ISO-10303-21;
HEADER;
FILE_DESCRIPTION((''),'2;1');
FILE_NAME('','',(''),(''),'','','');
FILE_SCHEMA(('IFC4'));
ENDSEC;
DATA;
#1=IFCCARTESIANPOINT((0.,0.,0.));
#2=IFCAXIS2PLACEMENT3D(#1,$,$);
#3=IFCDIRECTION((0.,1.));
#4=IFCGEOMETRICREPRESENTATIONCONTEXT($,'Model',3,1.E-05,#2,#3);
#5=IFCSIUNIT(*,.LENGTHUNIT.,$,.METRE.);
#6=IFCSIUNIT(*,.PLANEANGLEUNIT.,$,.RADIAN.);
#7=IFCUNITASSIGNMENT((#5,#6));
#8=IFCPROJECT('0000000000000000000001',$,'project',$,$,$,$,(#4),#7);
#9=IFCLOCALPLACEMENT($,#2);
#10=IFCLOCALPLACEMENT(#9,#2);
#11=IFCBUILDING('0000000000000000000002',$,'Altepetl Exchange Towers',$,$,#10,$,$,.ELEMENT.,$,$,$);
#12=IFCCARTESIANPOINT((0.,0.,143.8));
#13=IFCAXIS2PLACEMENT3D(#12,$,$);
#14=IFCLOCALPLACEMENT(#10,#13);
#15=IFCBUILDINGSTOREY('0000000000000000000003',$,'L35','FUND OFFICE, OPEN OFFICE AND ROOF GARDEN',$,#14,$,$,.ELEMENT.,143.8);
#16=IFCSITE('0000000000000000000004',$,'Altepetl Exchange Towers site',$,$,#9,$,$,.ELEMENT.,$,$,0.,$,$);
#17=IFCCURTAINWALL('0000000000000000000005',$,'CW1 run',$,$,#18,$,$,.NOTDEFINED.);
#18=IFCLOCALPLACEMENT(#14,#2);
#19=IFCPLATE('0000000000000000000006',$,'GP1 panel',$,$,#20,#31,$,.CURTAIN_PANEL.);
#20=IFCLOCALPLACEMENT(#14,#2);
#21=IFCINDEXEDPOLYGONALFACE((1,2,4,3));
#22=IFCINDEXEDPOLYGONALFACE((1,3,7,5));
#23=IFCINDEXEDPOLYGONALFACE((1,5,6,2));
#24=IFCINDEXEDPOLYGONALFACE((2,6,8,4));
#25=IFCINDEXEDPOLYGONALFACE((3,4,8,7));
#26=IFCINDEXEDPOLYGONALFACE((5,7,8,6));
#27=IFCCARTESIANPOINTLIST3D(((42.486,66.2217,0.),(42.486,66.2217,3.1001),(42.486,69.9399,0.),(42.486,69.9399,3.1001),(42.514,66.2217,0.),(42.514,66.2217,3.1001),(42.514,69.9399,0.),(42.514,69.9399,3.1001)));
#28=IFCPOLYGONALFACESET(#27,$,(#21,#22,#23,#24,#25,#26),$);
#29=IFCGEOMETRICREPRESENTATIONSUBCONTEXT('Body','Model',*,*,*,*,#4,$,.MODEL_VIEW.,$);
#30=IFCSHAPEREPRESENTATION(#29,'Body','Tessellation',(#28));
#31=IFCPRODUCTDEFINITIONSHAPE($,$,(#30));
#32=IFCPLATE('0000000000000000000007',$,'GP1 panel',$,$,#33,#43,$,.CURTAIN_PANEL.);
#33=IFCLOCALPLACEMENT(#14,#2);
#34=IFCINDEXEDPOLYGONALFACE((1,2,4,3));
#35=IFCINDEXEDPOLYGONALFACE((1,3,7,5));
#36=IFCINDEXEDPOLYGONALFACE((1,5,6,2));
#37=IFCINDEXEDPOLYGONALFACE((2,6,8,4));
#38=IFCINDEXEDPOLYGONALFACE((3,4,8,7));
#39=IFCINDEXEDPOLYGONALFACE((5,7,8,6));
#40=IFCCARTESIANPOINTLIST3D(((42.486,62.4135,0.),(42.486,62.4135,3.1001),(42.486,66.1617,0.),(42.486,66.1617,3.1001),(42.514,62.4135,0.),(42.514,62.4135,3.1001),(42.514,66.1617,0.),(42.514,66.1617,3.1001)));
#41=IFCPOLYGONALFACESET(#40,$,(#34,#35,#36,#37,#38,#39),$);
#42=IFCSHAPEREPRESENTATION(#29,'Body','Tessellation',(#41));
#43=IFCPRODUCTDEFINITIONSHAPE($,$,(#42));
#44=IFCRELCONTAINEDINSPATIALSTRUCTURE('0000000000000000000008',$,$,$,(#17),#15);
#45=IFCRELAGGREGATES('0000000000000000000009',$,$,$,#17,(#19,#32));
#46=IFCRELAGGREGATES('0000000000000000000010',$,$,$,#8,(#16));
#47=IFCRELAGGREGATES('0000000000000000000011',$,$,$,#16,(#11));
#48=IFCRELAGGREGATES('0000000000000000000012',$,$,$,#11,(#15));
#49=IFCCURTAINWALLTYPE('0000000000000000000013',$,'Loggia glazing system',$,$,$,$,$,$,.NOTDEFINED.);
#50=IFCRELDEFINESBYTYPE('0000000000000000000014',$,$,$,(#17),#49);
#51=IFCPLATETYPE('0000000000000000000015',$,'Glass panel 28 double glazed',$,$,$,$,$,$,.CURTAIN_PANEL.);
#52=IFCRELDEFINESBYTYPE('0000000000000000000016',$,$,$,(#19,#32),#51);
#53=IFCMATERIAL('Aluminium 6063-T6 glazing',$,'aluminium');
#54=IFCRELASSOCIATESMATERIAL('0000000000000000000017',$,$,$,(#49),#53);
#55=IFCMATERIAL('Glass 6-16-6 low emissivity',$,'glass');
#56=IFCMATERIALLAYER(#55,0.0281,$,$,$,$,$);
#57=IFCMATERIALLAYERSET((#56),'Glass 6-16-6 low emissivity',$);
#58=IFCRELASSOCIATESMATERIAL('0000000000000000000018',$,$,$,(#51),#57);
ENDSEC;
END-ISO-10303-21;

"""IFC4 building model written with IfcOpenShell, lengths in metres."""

from ifc_helpers import new_model, si_unit, direction, frame, origin, origin_2d, place, context, subcontext, project, spatial, rectangle, extrude, material, layer, layer_set, type_object, element, aggregate, save


model = new_model("IFC4")

# Units and contexts
model_context = context("Model", 3, precision=1e-05, world=origin(), true_north=direction((0.0, 1.0)))
body_context = subcontext(model_context, "Body", "Model", "MODEL_VIEW")
ifc_project = project(units=[si_unit("LENGTHUNIT", "METRE"), si_unit("PLANEANGLEUNIT", "RADIAN")], contexts=[model_context])

# Site, building, storey
site_placement = place(None, origin())
site = spatial("IfcSite", under=ifc_project, at=site_placement, Name="Altepetl Exchange Towers site", CompositionType="ELEMENT", RefElevation=0.0)
building_placement = place(site_placement, origin())
building = spatial("IfcBuilding", under=site, at=building_placement, Name="Altepetl Exchange Towers", CompositionType="ELEMENT")
storey_placement = place(building_placement, frame((0.0, 0.0, 143.8)))
storey = spatial("IfcBuildingStorey", under=building, at=storey_placement, Name="L35", Description="FUND OFFICE, OPEN OFFICE AND ROOF GARDEN", CompositionType="ELEMENT", Elevation=143.8)

# Curtain wall
ifc_material_1 = material(Name="Aluminium 6063-T6 glazing", Category="aluminium")
curtain_wall_type = type_object("IfcCurtainWallType", Name="Loggia glazing system", PredefinedType="NOTDEFINED", material=ifc_material_1)
curtain_wall_1_placement = place(storey_placement, origin())
curtain_wall_1 = element("IfcCurtainWall", 1, at=curtain_wall_1_placement, inside=storey, type_object=curtain_wall_type, Name="CW1 run", PredefinedType="NOTDEFINED")

# Plates
ifc_material_2 = material(Name="Glass 6-16-6 low emissivity", Category="glass")
ifc_layer = layer(ifc_material_2, 0.0281)
ifc_layer_set = layer_set([ifc_layer], Name="Glass 6-16-6 low emissivity")
plate_type = type_object("IfcPlateType", Name="Glass panel 28 double glazed", PredefinedType="CURTAIN_PANEL", material=ifc_layer_set)
plate_1_placement = place(storey_placement, frame((42.5, 68.0808, 0.0), z_axis=(0.0, 0.0, 1.0), x_axis=(0.0, -1.0, 0.0)))
plate_1 = element("IfcPlate", 2, at=plate_1_placement, type_object=plate_type, Name="GP1 panel", PredefinedType="CURTAIN_PANEL", context=body_context, shape_type="SweptSolid", body=[
    extrude(rectangle(XDim=3.7183, YDim=0.0281, at=origin_2d()), origin(), (0.0, 0.0, 1.0), 3.1001),
])
plate_2_placement = place(storey_placement, frame((42.5, 64.2876, 0.0), z_axis=(0.0, 0.0, 1.0), x_axis=(0.0, -1.0, 0.0)))
plate_2 = element("IfcPlate", 3, at=plate_2_placement, type_object=plate_type, Name="GP1 panel", PredefinedType="CURTAIN_PANEL", context=body_context, shape_type="SweptSolid", body=[
    extrude(rectangle(XDim=3.7483, YDim=0.0281, at=origin_2d()), origin(), (0.0, 0.0, 1.0), 3.1001),
])
aggregate(curtain_wall_1, [plate_1, plate_2])

save(model, "model.ifc")
